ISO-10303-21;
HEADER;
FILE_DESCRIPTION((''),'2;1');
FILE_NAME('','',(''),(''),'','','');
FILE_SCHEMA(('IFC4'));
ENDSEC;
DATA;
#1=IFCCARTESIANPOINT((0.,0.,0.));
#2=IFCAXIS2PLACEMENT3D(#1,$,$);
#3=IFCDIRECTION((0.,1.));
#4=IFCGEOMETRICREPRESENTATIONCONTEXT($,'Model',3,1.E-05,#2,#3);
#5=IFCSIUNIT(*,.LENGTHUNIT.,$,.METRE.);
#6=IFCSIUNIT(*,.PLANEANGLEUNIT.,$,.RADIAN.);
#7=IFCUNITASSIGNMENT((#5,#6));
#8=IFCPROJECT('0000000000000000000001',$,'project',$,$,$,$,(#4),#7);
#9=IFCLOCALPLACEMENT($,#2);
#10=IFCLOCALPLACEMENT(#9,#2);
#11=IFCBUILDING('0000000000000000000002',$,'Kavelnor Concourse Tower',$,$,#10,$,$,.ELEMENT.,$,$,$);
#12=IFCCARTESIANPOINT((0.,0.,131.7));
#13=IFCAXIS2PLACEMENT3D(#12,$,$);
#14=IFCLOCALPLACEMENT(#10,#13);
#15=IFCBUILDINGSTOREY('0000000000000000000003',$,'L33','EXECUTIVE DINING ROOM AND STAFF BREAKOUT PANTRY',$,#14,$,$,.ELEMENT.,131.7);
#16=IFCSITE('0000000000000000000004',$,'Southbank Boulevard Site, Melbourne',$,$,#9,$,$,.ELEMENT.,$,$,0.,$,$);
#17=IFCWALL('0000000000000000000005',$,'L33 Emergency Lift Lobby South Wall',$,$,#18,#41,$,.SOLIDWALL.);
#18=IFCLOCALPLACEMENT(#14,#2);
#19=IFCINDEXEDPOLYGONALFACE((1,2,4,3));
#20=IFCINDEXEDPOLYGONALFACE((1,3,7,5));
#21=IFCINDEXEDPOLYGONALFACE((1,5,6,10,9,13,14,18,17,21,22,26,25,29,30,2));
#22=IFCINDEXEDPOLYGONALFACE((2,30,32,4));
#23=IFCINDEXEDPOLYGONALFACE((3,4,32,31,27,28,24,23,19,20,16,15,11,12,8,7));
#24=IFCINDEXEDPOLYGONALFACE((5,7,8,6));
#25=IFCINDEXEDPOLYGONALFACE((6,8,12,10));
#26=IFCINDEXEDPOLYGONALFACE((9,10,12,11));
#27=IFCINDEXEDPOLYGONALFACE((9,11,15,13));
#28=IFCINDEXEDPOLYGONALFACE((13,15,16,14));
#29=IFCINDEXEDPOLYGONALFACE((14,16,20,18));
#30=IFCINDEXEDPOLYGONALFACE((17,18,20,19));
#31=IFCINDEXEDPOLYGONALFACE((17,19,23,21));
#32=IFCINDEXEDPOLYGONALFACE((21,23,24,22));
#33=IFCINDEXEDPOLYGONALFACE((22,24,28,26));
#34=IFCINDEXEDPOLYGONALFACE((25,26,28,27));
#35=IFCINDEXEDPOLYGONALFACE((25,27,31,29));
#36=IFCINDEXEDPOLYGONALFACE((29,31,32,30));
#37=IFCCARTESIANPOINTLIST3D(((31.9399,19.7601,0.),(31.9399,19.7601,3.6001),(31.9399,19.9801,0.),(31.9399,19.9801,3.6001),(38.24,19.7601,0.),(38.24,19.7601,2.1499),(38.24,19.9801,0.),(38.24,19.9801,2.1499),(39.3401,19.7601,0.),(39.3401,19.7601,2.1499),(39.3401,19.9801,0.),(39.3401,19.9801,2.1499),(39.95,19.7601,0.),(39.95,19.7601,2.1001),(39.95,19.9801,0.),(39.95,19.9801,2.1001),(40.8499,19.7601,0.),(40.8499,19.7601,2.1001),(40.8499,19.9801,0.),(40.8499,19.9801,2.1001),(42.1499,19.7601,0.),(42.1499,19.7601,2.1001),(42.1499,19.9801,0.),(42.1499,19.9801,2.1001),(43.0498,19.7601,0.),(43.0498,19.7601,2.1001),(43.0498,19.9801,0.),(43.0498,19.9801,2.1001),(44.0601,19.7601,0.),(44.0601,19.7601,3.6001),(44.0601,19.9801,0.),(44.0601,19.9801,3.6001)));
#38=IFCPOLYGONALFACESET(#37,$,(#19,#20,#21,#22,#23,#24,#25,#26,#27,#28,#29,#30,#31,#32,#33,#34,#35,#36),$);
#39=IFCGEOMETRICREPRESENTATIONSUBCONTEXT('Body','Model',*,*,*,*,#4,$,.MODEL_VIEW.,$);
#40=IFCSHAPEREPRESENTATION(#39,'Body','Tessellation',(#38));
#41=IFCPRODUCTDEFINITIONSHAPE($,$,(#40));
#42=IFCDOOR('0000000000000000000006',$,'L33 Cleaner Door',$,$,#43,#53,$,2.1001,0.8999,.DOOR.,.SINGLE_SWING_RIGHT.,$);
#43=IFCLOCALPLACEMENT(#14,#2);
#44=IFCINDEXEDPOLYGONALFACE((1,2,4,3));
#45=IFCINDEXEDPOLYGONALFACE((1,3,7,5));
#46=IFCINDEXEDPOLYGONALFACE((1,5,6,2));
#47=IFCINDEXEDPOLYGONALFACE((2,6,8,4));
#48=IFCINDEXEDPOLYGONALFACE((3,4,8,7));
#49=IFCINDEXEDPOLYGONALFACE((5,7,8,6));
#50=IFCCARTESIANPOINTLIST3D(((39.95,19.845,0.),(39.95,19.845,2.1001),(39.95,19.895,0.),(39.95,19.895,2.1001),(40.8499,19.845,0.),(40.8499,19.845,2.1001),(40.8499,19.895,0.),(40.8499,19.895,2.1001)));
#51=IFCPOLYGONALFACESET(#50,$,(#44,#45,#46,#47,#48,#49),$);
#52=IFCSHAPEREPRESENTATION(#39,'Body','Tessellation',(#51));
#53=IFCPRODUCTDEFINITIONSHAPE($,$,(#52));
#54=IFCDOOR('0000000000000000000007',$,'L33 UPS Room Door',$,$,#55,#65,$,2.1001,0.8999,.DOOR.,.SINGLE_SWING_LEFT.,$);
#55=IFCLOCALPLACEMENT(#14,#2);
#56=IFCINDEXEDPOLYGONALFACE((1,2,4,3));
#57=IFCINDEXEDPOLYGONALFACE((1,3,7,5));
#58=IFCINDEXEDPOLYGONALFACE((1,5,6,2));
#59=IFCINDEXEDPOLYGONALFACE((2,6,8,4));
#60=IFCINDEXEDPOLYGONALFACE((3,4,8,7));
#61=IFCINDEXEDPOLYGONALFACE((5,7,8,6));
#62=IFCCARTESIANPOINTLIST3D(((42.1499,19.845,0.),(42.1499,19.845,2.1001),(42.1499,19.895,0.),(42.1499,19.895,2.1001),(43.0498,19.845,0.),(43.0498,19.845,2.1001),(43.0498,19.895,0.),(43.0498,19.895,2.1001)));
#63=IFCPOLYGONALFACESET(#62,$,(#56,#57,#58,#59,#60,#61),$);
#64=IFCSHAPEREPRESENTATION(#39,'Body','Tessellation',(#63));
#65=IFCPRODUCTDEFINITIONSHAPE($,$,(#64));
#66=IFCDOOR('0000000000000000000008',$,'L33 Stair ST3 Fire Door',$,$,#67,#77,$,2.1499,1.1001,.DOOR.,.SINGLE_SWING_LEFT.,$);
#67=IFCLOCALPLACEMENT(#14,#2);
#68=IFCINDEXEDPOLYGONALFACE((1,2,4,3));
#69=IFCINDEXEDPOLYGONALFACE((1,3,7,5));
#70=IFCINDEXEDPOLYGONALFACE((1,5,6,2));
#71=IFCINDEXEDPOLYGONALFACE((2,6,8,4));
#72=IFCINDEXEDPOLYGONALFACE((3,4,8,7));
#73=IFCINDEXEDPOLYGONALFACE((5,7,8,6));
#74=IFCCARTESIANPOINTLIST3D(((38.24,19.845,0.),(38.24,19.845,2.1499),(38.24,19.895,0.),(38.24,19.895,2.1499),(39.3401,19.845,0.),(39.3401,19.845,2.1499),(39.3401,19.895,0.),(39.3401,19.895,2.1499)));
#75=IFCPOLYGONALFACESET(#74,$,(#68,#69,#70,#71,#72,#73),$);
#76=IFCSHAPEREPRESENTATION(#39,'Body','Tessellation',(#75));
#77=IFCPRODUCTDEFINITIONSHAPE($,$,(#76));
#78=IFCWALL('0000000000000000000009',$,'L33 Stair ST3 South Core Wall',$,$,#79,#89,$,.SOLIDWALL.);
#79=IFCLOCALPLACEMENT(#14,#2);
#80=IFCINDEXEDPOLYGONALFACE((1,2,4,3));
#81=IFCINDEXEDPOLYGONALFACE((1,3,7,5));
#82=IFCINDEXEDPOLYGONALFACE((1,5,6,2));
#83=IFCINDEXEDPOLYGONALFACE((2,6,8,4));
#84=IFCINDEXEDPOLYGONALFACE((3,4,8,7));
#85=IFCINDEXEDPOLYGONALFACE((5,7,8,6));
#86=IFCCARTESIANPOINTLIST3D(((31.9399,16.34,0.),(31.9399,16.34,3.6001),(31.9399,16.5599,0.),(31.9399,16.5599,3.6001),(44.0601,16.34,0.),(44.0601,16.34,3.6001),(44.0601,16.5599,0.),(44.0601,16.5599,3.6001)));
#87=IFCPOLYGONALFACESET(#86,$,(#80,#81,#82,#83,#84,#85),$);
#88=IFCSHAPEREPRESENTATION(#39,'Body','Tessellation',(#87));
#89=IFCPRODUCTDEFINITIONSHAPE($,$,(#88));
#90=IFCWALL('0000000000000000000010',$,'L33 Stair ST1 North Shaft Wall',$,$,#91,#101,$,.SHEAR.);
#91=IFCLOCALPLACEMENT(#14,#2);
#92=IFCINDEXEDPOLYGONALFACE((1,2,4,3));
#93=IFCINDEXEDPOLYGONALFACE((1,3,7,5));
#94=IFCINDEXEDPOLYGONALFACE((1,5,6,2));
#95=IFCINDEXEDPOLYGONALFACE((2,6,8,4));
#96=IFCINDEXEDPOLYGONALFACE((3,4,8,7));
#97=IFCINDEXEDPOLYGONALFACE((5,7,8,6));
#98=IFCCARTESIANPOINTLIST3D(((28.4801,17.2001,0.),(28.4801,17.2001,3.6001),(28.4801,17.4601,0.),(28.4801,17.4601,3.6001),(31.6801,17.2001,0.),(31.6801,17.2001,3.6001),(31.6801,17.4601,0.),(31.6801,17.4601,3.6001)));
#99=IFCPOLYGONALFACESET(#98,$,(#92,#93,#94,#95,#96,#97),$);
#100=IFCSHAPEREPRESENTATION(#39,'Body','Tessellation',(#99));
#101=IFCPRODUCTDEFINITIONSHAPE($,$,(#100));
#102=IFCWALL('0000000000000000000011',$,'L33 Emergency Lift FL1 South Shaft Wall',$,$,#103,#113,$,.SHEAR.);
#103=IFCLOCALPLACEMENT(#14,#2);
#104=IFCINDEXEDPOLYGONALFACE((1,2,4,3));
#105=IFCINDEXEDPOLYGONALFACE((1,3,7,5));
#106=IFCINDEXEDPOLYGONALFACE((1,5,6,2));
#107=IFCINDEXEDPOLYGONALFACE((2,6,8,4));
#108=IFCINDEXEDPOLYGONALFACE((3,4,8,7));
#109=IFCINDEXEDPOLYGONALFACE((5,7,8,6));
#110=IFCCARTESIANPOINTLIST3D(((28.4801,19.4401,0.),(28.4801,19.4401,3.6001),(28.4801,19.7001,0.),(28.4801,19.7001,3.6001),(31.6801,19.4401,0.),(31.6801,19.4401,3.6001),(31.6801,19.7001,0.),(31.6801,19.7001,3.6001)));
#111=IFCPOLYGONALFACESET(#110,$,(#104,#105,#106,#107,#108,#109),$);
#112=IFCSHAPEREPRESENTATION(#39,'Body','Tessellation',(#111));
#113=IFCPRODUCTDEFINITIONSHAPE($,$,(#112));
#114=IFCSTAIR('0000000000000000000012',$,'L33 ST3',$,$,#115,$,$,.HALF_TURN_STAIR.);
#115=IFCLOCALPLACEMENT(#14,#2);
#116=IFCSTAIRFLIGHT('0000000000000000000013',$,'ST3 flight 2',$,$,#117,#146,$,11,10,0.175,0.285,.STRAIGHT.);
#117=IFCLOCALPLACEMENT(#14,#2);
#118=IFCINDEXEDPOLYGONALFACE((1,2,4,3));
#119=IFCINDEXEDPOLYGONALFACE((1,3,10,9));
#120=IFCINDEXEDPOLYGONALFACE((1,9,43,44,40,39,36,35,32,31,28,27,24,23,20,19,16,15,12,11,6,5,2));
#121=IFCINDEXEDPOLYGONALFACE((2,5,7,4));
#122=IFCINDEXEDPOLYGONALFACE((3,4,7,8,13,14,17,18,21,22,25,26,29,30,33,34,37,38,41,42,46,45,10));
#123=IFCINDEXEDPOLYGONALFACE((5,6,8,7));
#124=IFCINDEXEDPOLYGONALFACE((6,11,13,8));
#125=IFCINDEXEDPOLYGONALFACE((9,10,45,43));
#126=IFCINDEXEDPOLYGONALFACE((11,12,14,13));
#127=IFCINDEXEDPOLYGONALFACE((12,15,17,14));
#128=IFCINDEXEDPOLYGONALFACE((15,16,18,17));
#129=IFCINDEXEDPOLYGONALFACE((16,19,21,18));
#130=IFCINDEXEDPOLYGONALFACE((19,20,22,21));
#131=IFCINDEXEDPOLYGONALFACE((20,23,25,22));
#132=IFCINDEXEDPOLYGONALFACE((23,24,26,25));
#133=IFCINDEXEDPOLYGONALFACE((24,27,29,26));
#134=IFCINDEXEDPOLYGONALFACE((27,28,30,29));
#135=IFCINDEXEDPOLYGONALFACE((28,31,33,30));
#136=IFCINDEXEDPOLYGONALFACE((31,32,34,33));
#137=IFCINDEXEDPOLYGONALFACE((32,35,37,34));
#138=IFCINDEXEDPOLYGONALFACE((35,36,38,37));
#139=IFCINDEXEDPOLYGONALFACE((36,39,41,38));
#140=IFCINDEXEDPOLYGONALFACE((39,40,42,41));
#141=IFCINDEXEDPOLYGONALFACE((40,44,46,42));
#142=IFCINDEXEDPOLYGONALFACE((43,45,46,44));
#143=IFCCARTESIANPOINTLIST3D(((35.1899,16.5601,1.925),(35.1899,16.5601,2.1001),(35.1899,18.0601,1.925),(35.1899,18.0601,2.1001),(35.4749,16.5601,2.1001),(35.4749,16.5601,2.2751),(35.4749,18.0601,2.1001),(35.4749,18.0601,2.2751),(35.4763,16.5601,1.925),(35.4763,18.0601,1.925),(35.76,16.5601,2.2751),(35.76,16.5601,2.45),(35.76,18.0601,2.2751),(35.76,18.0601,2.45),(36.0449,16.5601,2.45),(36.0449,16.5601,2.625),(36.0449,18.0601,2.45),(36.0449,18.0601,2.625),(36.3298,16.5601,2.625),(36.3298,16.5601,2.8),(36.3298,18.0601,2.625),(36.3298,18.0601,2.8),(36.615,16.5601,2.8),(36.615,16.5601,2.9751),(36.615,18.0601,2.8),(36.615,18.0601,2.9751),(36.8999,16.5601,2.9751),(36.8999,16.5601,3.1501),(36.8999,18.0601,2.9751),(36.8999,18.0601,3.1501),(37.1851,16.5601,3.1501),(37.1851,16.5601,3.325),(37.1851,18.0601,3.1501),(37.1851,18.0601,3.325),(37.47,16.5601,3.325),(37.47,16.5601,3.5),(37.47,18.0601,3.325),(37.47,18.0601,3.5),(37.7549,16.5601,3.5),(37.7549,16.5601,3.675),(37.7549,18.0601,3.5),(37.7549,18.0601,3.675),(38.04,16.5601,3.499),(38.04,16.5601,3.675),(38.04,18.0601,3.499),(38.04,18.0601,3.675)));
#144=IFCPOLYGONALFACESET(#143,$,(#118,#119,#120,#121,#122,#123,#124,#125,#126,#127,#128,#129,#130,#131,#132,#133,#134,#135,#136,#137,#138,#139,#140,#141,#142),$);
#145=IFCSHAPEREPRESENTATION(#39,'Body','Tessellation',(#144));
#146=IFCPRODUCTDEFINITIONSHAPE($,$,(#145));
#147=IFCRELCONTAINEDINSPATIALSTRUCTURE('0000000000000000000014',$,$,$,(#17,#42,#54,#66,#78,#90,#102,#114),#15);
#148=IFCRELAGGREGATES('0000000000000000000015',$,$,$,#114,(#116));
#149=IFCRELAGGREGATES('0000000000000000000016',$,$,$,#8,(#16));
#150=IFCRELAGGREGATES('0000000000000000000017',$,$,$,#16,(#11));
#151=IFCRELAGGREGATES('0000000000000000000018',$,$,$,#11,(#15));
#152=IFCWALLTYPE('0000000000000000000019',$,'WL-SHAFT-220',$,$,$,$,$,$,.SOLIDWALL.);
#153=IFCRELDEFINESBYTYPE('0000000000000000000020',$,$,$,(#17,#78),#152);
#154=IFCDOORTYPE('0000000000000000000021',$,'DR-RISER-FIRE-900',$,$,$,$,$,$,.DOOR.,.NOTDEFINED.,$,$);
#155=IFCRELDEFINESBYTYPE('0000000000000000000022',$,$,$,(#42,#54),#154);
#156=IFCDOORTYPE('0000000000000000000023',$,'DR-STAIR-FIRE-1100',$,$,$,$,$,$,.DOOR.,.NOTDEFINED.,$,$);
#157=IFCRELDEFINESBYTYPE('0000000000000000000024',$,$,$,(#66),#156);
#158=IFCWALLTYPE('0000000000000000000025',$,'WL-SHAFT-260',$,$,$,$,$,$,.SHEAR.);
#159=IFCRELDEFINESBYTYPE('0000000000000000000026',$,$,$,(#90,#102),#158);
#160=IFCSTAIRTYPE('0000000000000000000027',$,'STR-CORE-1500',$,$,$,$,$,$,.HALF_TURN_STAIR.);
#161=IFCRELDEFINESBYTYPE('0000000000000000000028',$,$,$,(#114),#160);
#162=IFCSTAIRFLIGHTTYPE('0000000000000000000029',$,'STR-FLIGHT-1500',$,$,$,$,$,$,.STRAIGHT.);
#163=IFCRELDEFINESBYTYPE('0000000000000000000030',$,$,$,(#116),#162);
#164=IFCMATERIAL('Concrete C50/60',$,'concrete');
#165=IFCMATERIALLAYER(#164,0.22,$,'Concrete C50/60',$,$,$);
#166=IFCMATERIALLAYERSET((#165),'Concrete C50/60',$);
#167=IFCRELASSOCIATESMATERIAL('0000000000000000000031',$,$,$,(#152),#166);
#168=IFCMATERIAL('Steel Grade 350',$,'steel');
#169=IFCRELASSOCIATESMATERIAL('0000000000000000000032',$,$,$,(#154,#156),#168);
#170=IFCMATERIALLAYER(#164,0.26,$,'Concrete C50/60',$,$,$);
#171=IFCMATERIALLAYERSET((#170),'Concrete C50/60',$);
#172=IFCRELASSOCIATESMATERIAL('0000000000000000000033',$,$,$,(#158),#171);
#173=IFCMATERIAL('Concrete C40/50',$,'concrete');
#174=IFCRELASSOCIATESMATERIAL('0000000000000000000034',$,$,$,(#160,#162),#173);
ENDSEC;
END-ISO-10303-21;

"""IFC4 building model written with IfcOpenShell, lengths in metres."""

from ifc_helpers import new_model, si_unit, direction, frame, frame_2d, origin, place, context, subcontext, project, spatial, polyline, rectangle, outline, extrude, material, layer, layer_set, type_object, element, fill, aggregate, save


model = new_model("IFC4")

# Units and contexts
model_context = context("Model", 3, precision=1e-05, world=origin(), true_north=direction((0.0, 1.0)))
body_context = subcontext(model_context, "Body", "Model", "MODEL_VIEW")
ifc_project = project(units=[si_unit("LENGTHUNIT", "METRE"), si_unit("PLANEANGLEUNIT", "RADIAN")], contexts=[model_context])

# Site, building, storey
site_placement = place(None, origin())
site = spatial("IfcSite", under=ifc_project, at=site_placement, Name="Southbank Boulevard Site, Melbourne", CompositionType="ELEMENT", RefElevation=0.0)
building_placement = place(site_placement, origin())
building = spatial("IfcBuilding", under=site, at=building_placement, Name="Kavelnor Concourse Tower", CompositionType="ELEMENT")
storey_placement = place(building_placement, frame((0.0, 0.0, 131.7)))
storey = spatial("IfcBuildingStorey", under=building, at=storey_placement, Name="L33", Description="EXECUTIVE DINING ROOM AND STAFF BREAKOUT PANTRY", CompositionType="ELEMENT", Elevation=131.7)

# Shared definitions
ifc_material_1 = material(Name="Steel Grade 350", Category="steel")

# Wall, openings, doors
ifc_material_2 = material(Name="Concrete C50/60", Category="concrete")
ifc_layer_1 = layer(ifc_material_2, 0.22, Name="Concrete C50/60")
ifc_layer_set_1 = layer_set([ifc_layer_1], Name="Concrete C50/60")
wall_type_1 = type_object("IfcWallType", Name="WL-SHAFT-220", PredefinedType="SOLIDWALL", material=ifc_layer_set_1)
wall_1_placement = place(storey_placement, frame((31.9399, 19.8701, 0.0), z_axis=(0.0, 0.0, 1.0), x_axis=(1.0, 0.0, 0.0)))
wall_1 = element("IfcWall", 1, at=wall_1_placement, inside=storey, type_object=wall_type_1, Name="L33 Emergency Lift Lobby South Wall", PredefinedType="SOLIDWALL", context=body_context, shape_type="SweptSolid", body=[
    extrude(rectangle(XDim=12.1201, YDim=0.22, at=frame_2d((6.0601, 0.0))), origin(), (0.0, 0.0, 1.0), 3.6001),
])
opening_1_placement = place(wall_1_placement, frame((6.3, 0.0, 0.0)))
opening_1 = element("IfcOpeningElement", 2, at=opening_1_placement, cuts=wall_1, PredefinedType="OPENING", context=body_context, shape_type="SweptSolid", body=[
    extrude(rectangle(XDim=1.1001, YDim=2.1499, at=frame_2d((0.55, 1.075))), frame((0.0, 0.1201, 0.0), z_axis=(0.0, -1.0, 0.0), x_axis=(1.0, 0.0, 0.0)), (0.0, 0.0, 1.0), 0.24),
])
opening_2_placement = place(wall_1_placement, frame((8.01, 0.0, 0.0)))
opening_2 = element("IfcOpeningElement", 3, at=opening_2_placement, cuts=wall_1, PredefinedType="OPENING", context=body_context, shape_type="SweptSolid", body=[
    extrude(rectangle(XDim=0.8999, YDim=2.1001, at=frame_2d((0.45, 1.05))), frame((0.0, 0.1201, 0.0), z_axis=(0.0, -1.0, 0.0), x_axis=(1.0, 0.0, 0.0)), (0.0, 0.0, 1.0), 0.24),
])
opening_3_placement = place(wall_1_placement, frame((10.21, 0.0, 0.0)))
opening_3 = element("IfcOpeningElement", 4, at=opening_3_placement, cuts=wall_1, PredefinedType="OPENING", context=body_context, shape_type="SweptSolid", body=[
    extrude(rectangle(XDim=0.8999, YDim=2.1001, at=frame_2d((0.45, 1.05))), frame((0.0, 0.1201, 0.0), z_axis=(0.0, -1.0, 0.0), x_axis=(1.0, 0.0, 0.0)), (0.0, 0.0, 1.0), 0.24),
])
door_type_1 = type_object("IfcDoorType", Name="DR-RISER-FIRE-900", OperationType="NOTDEFINED", PredefinedType="DOOR", material=ifc_material_1)
door_1_placement = place(opening_2_placement, origin())
door_1 = element("IfcDoor", 5, at=door_1_placement, inside=storey, type_object=door_type_1, Name="L33 Cleaner Door", OperationType="SINGLE_SWING_RIGHT", OverallHeight=2.1001, OverallWidth=0.8999, PredefinedType="DOOR", context=body_context, shape_type="SweptSolid", body=[
    extrude(rectangle(XDim=0.8999, YDim=2.1001, at=frame_2d((0.45, 1.05))), frame((0.0, 0.0249, 0.0), z_axis=(0.0, -1.0, 0.0), x_axis=(1.0, 0.0, 0.0)), (0.0, 0.0, 1.0), 0.05),
])
fill(opening_2, door_1)
door_2_placement = place(opening_3_placement, origin())
door_2 = element("IfcDoor", 6, at=door_2_placement, inside=storey, type_object=door_type_1, Name="L33 UPS Room Door", OperationType="SINGLE_SWING_LEFT", OverallHeight=2.1001, OverallWidth=0.8999, PredefinedType="DOOR", context=body_context, shape_type="SweptSolid", body=[
    extrude(rectangle(XDim=0.8999, YDim=2.1001, at=frame_2d((0.45, 1.05))), frame((0.0, 0.0249, 0.0), z_axis=(0.0, -1.0, 0.0), x_axis=(1.0, 0.0, 0.0)), (0.0, 0.0, 1.0), 0.05),
])
fill(opening_3, door_2)
door_type_2 = type_object("IfcDoorType", Name="DR-STAIR-FIRE-1100", OperationType="NOTDEFINED", PredefinedType="DOOR", material=ifc_material_1)
door_3_placement = place(opening_1_placement, origin())
door_3 = element("IfcDoor", 7, at=door_3_placement, inside=storey, type_object=door_type_2, Name="L33 Stair ST3 Fire Door", OperationType="SINGLE_SWING_LEFT", OverallHeight=2.1499, OverallWidth=1.1001, PredefinedType="DOOR", context=body_context, shape_type="SweptSolid", body=[
    extrude(rectangle(XDim=1.1001, YDim=2.1499, at=frame_2d((0.55, 1.075))), frame((0.0, 0.0249, 0.0), z_axis=(0.0, -1.0, 0.0), x_axis=(1.0, 0.0, 0.0)), (0.0, 0.0, 1.0), 0.05),
])
fill(opening_1, door_3)

# Walls
wall_2_placement = place(storey_placement, frame((31.9399, 16.45, 0.0), z_axis=(0.0, 0.0, 1.0), x_axis=(1.0, 0.0, 0.0)))
element("IfcWall", 8, at=wall_2_placement, inside=storey, type_object=wall_type_1, Name="L33 Stair ST3 South Core Wall", PredefinedType="SOLIDWALL", context=body_context, shape_type="SweptSolid", body=[
    extrude(rectangle(XDim=12.1201, YDim=0.22, at=frame_2d((6.0601, 0.0))), origin(), (0.0, 0.0, 1.0), 3.6001),
])
ifc_layer_2 = layer(ifc_material_2, 0.26, Name="Concrete C50/60")
ifc_layer_set_2 = layer_set([ifc_layer_2], Name="Concrete C50/60")
wall_type_2 = type_object("IfcWallType", Name="WL-SHAFT-260", PredefinedType="SHEAR", material=ifc_layer_set_2)
for number, where, z_axis, x_axis, name in (
    (9, (28.48, 17.3301, 0.0), (0.0, 0.0, 1.0), (1.0, 0.0, 0.0), "L33 Stair ST1 North Shaft Wall"),
    (10, (28.48, 19.5701, 0.0), (0.0, 0.0, 1.0), (1.0, 0.0, 0.0), "L33 Emergency Lift FL1 South Shaft Wall"),
):
    element("IfcWall", number, at=place(storey_placement, frame(where, z_axis=z_axis, x_axis=x_axis)), inside=storey, type_object=wall_type_2, Name=name, PredefinedType="SHEAR", context=body_context, shape_type="SweptSolid", body=[
        extrude(rectangle(XDim=3.2, YDim=0.26, at=frame_2d((1.6001, 0.0))), origin(), (0.0, 0.0, 1.0), 3.6001),
    ])

# Stair, stair flight
ifc_material_3 = material(Name="Concrete C40/50", Category="concrete")
stair_type = type_object("IfcStairType", Name="STR-CORE-1500", PredefinedType="HALF_TURN_STAIR", material=ifc_material_3)
stair_placement = place(storey_placement, origin())
stair = element("IfcStair", 11, at=stair_placement, inside=storey, type_object=stair_type, Name="L33 ST3", PredefinedType="HALF_TURN_STAIR")
stair_flight_type = type_object("IfcStairFlightType", Name="STR-FLIGHT-1500", PredefinedType="STRAIGHT", material=ifc_material_3)
stair_flight_placement = place(storey_placement, frame((35.1899, 17.3101, 1.925), z_axis=(0.0, 0.0, 1.0), x_axis=(1.0, 0.0, 0.0)))
stair_flight = element("IfcStairFlight", 12, at=stair_flight_placement, type_object=stair_flight_type, Name="ST3 flight 2", NumberOfRisers=11, NumberOfTreads=10, PredefinedType="STRAIGHT", RiserHeight=0.175, TreadLength=0.285, context=body_context, shape_type="SweptSolid", body=[
    extrude(outline(polyline([(0.0, 0.0), (0.0, 0.175), (0.2849, 0.175), (0.2849, 0.3501), (0.5701, 0.3501), (0.5701, 0.5249), (0.855, 0.5249), (0.855, 0.7), (1.1399, 0.7), (1.1399, 0.875), (1.425, 0.875), (1.425, 1.05), (1.71, 1.05), (1.71, 1.2251), (1.9951, 1.2251), (1.9951, 1.3999), (2.28, 1.3999), (2.28, 1.575), (2.5649, 1.575), (2.5649, 1.75), (2.8501, 1.75), (2.8501, 1.925), (2.8501, 1.574), (0.2864, 0.0), (0.0, 0.0)])), frame((0.0, 0.75, 0.0), z_axis=(0.0, -1.0, 0.0), x_axis=(1.0, 0.0, 0.0)), (0.0, 0.0, 1.0), 1.5),
])
aggregate(stair, [stair_flight])

save(model, "model.ifc")
